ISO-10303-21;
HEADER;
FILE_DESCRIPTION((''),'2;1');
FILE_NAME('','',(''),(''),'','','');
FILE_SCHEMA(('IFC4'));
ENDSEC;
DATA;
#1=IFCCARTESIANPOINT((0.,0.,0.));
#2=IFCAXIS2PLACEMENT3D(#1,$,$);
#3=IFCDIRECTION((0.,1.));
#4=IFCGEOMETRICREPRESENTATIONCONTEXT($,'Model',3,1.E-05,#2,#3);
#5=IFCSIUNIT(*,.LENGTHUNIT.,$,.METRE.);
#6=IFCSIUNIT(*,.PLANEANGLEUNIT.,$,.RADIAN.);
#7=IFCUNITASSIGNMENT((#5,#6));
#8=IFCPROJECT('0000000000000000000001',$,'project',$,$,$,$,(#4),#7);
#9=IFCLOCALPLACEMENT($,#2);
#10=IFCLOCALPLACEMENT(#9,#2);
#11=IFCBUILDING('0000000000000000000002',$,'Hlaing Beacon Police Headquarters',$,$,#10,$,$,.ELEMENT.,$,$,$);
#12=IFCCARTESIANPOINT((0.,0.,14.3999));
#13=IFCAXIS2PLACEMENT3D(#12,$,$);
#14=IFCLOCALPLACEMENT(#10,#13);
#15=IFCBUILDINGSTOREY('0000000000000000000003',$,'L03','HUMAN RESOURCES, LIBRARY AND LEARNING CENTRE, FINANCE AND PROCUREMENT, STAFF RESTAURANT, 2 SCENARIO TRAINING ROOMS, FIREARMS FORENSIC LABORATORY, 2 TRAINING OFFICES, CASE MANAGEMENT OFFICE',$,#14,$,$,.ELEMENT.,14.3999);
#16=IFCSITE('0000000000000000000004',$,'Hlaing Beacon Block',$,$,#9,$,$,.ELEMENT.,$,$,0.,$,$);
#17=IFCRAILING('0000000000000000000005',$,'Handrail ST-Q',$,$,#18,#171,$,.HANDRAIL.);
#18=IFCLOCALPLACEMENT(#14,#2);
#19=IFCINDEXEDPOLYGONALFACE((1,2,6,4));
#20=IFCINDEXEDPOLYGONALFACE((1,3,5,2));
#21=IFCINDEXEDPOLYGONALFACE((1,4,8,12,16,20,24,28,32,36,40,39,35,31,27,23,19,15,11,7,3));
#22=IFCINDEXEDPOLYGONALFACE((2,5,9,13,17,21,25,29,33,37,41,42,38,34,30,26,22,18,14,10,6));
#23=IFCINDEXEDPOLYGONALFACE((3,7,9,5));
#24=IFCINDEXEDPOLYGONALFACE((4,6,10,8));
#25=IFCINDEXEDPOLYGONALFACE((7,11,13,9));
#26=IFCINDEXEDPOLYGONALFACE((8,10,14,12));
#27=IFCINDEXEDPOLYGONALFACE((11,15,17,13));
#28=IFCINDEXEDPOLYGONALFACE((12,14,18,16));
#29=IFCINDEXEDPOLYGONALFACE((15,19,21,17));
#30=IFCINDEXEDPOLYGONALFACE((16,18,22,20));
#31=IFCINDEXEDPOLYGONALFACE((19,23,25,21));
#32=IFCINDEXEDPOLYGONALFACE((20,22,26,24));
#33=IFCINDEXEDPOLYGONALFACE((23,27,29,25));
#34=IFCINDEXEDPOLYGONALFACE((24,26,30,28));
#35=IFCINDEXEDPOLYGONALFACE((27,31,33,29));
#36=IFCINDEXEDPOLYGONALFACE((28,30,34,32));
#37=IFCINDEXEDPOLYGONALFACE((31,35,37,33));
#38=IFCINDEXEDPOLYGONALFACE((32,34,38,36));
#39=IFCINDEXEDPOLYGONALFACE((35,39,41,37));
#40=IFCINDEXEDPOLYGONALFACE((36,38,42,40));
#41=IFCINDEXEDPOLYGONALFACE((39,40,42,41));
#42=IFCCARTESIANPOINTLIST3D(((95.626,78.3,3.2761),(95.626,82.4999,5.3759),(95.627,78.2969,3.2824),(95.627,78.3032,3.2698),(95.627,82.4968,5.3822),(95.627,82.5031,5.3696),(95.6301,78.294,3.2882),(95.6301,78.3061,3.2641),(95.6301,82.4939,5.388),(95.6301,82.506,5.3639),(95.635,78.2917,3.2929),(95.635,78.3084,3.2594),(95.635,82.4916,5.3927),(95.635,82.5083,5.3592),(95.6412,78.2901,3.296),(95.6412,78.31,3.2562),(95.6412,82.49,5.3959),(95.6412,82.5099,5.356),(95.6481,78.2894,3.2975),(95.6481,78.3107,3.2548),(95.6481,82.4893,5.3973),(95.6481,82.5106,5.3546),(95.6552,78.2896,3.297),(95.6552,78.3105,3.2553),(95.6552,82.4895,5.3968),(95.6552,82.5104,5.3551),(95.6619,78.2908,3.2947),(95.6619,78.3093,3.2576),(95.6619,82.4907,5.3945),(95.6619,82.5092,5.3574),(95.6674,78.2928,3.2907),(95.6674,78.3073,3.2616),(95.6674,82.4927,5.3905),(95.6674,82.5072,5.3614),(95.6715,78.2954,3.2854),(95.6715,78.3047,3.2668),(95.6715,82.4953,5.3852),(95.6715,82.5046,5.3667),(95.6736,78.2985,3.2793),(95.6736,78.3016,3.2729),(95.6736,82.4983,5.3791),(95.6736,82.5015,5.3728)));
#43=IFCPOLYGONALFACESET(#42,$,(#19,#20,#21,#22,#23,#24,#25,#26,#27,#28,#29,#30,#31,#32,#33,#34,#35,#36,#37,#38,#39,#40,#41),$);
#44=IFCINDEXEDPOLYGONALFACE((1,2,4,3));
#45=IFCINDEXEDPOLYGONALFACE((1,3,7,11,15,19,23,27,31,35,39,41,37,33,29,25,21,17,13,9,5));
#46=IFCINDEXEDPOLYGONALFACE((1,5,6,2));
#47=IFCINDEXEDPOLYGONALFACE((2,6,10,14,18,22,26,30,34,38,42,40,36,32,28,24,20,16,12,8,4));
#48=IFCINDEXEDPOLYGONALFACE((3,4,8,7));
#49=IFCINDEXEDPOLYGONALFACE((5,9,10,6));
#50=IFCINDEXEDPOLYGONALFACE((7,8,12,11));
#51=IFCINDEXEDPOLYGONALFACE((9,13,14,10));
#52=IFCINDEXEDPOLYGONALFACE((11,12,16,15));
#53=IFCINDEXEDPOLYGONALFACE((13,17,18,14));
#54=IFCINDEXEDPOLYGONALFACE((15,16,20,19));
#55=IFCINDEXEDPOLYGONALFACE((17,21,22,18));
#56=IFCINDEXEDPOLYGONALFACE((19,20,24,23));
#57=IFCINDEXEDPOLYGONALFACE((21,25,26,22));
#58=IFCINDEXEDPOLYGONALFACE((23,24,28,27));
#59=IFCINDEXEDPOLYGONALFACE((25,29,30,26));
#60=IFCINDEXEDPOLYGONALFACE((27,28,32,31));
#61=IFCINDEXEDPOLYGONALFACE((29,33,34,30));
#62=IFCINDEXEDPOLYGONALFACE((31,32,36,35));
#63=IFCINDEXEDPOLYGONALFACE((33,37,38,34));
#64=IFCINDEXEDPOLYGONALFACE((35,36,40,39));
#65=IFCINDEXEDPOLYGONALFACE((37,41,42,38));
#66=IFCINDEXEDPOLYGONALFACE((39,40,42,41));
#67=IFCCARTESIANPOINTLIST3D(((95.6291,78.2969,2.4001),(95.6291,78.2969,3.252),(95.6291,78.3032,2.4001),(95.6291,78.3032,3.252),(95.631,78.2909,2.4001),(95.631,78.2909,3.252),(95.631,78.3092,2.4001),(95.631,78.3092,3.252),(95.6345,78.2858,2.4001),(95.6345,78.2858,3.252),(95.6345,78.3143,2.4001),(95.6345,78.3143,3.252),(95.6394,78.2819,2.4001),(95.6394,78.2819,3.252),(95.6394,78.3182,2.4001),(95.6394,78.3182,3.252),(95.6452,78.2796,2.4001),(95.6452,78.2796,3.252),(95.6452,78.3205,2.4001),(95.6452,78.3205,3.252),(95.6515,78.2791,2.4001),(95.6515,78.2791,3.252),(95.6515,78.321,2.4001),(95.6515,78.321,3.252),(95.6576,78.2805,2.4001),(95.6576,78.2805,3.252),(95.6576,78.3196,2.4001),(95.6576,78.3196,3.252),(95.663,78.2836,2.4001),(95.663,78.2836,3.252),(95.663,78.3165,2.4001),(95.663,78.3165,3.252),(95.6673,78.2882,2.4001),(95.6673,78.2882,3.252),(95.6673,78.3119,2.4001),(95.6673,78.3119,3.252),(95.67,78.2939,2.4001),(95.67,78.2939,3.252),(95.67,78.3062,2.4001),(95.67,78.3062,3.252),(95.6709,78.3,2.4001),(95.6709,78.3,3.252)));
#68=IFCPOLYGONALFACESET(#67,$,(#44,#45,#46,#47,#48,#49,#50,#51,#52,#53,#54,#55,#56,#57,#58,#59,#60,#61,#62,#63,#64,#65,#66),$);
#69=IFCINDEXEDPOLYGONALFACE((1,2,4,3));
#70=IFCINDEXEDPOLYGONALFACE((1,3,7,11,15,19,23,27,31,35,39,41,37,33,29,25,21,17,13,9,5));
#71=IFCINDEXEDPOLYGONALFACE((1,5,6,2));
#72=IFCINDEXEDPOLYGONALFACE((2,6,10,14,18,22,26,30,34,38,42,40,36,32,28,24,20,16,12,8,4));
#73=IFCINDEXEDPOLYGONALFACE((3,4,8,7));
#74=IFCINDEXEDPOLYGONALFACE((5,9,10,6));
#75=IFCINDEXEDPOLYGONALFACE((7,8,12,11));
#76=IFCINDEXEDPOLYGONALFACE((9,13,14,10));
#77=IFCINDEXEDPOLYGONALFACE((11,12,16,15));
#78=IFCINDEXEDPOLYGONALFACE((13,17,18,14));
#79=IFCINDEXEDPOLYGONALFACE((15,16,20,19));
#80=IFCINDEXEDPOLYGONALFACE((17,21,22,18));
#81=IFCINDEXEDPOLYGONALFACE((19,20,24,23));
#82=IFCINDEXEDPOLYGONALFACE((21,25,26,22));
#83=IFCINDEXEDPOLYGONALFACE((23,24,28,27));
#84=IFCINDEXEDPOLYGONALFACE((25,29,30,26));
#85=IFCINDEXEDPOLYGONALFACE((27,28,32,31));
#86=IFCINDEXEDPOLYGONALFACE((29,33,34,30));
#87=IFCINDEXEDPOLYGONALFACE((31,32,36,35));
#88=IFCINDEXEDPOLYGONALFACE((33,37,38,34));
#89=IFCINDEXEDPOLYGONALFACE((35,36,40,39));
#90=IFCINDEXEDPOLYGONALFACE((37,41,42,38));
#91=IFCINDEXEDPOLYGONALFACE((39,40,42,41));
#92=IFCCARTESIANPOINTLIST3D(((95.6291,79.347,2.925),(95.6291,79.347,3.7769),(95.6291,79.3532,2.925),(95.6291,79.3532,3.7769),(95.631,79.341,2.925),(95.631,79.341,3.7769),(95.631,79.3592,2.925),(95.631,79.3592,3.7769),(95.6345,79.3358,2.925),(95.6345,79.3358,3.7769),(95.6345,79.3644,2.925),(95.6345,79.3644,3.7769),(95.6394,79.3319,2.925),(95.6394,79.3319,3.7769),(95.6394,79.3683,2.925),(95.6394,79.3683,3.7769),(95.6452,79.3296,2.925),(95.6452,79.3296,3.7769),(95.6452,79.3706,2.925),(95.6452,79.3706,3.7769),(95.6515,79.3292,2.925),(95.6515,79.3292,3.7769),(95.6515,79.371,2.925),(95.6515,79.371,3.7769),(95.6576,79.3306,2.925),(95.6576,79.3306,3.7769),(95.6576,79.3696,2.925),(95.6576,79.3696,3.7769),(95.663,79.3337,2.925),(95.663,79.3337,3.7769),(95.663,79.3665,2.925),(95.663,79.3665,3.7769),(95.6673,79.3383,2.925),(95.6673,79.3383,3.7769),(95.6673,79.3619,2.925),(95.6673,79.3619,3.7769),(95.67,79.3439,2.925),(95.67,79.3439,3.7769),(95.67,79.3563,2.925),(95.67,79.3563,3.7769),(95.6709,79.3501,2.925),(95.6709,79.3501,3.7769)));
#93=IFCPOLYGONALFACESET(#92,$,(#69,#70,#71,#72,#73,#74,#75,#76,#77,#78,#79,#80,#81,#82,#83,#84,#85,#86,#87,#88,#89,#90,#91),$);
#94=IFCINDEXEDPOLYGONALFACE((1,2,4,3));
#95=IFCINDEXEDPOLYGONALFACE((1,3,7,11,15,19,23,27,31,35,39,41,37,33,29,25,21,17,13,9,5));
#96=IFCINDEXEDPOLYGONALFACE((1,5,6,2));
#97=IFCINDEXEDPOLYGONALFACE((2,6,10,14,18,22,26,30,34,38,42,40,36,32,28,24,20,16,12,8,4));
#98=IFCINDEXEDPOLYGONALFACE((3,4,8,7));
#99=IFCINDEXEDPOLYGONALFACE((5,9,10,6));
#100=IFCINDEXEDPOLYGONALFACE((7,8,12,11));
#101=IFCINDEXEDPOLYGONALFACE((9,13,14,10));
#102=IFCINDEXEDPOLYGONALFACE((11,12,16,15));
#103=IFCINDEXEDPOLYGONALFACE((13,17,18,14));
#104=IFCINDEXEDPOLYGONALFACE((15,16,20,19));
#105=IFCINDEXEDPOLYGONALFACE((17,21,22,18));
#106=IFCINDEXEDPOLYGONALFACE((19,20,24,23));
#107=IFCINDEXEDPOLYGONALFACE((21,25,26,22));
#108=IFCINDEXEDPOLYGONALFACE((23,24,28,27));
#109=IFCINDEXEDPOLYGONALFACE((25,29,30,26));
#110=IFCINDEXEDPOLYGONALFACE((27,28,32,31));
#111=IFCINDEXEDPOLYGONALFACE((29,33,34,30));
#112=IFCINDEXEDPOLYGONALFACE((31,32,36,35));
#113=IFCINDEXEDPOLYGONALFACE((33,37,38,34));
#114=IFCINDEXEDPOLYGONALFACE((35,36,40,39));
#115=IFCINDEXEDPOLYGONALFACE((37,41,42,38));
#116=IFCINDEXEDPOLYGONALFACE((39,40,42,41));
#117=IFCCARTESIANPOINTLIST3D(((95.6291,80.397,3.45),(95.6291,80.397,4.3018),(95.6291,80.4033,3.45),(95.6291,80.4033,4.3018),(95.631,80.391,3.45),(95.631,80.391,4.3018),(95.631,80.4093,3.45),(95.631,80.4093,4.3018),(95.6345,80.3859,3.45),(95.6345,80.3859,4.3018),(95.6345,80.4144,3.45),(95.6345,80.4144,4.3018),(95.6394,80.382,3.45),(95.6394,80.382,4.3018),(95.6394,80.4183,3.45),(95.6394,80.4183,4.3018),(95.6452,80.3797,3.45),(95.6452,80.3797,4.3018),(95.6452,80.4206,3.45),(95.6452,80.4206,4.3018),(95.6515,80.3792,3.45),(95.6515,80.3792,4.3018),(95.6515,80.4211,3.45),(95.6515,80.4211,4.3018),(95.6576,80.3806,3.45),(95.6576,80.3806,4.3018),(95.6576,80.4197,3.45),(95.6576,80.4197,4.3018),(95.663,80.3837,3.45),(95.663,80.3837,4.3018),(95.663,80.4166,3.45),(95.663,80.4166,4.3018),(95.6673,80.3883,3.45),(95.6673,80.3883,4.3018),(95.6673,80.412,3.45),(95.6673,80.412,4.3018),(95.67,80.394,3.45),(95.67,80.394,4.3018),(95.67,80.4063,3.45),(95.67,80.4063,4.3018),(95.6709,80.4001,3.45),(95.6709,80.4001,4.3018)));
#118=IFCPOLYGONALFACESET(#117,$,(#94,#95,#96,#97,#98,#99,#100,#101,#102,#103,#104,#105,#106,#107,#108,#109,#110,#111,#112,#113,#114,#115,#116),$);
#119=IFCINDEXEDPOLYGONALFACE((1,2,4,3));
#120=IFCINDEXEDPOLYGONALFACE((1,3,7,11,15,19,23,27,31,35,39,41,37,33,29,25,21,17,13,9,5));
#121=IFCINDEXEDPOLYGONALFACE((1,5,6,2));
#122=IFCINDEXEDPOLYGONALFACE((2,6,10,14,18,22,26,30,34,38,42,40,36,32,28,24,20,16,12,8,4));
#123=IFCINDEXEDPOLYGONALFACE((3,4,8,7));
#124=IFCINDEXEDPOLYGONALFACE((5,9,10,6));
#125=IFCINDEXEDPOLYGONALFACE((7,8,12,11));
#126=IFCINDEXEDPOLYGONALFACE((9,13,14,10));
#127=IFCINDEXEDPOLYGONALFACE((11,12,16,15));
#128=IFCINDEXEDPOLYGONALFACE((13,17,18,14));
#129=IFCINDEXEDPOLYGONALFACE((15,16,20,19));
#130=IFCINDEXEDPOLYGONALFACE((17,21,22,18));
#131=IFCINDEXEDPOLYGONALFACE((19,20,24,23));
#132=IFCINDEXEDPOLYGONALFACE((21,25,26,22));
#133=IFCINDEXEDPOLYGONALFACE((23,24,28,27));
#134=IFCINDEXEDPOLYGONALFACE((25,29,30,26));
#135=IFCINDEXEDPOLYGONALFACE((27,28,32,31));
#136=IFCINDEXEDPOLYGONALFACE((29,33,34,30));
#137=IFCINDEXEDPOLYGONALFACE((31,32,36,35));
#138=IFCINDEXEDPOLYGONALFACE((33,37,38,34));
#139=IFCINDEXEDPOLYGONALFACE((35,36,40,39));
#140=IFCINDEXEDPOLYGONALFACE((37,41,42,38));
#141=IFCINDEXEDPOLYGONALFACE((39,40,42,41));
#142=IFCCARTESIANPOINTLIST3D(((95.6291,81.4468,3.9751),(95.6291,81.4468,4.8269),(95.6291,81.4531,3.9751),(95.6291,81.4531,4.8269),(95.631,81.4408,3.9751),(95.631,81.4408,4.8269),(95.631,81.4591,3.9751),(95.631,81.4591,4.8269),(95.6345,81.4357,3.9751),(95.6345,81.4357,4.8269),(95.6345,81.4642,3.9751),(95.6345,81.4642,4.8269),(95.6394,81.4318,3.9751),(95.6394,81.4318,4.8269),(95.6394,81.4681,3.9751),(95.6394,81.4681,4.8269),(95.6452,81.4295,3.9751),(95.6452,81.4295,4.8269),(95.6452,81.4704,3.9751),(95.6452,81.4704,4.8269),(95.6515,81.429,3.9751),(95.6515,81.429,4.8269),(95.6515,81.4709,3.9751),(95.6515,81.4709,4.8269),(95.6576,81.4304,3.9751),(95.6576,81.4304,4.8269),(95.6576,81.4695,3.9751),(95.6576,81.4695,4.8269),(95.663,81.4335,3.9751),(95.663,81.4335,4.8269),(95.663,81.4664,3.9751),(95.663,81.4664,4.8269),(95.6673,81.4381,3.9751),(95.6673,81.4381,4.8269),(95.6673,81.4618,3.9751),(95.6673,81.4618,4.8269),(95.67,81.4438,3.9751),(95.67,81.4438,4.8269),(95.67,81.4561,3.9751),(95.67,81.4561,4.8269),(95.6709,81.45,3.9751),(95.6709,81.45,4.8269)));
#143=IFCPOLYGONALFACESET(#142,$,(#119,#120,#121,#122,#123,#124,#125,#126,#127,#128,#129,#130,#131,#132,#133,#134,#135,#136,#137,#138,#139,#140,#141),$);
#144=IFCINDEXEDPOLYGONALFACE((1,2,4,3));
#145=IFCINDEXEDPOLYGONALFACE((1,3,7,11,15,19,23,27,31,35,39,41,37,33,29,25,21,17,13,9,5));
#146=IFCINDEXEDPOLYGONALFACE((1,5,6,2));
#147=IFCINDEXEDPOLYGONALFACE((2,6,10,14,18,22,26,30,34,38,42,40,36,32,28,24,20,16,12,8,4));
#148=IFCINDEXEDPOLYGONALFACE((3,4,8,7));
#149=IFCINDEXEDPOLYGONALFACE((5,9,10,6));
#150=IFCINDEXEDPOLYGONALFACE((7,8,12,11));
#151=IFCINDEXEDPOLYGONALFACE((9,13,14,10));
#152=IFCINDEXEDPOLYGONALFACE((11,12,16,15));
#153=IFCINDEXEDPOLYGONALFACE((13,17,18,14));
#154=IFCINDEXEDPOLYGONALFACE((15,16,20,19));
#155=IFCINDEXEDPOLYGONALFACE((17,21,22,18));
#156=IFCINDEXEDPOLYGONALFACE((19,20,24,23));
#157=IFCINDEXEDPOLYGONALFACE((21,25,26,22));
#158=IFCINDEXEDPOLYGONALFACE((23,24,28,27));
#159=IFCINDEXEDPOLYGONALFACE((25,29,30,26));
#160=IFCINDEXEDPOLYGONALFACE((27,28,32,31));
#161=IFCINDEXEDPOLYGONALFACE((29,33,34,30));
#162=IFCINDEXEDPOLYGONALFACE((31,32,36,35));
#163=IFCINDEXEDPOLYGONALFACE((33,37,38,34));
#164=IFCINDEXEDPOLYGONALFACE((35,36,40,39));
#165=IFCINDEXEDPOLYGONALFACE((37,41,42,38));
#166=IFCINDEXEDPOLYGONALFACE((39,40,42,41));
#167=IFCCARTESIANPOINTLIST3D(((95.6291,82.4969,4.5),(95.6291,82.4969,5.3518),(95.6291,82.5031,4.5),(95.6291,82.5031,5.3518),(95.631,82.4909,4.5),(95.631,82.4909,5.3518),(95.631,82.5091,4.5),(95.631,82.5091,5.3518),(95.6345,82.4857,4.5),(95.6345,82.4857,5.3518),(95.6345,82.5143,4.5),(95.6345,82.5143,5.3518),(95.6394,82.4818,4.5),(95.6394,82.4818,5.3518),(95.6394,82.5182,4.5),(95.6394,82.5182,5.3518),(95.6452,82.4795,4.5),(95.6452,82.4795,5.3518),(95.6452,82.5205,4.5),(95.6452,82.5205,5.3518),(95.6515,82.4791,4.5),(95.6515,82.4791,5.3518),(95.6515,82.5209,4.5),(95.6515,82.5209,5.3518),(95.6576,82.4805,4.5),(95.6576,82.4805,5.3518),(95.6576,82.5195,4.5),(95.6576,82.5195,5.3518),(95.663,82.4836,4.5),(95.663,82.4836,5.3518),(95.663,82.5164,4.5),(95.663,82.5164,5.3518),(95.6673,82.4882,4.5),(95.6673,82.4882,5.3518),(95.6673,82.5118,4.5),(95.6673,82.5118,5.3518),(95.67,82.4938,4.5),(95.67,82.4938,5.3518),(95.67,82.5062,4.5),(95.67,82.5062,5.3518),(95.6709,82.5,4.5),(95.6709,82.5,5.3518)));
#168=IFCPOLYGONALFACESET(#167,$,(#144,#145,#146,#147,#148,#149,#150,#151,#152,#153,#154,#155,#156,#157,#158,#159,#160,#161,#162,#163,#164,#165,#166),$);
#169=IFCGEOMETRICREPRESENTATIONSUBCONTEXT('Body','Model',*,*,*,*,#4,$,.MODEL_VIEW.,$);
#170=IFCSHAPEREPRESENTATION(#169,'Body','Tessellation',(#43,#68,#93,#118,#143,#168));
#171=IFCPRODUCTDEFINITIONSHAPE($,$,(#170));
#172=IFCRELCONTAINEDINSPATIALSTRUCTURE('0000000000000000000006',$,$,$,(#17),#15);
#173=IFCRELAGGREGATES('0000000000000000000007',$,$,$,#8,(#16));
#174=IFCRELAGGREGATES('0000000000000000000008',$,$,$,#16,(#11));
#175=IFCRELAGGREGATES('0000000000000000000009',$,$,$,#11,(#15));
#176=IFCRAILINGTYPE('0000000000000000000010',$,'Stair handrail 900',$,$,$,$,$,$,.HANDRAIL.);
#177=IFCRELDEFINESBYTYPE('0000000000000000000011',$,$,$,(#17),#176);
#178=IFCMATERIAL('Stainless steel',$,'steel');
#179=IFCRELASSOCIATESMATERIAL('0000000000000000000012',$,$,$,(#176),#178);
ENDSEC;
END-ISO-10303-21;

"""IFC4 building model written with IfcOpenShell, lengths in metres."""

from ifc_helpers import new_model, si_unit, direction, frame, origin, origin_2d, place, context, subcontext, project, spatial, circle, extrude, material, type_object, element, save


model = new_model("IFC4")

# Units and contexts
model_context = context("Model", 3, precision=1e-05, world=origin(), true_north=direction((0.0, 1.0)))
body_context = subcontext(model_context, "Body", "Model", "MODEL_VIEW")
ifc_project = project(units=[si_unit("LENGTHUNIT", "METRE"), si_unit("PLANEANGLEUNIT", "RADIAN")], contexts=[model_context])

# Site, building, storey
site_placement = place(None, origin())
site = spatial("IfcSite", under=ifc_project, at=site_placement, Name="Hlaing Beacon Block", CompositionType="ELEMENT", RefElevation=0.0)
building_placement = place(site_placement, origin())
building = spatial("IfcBuilding", under=site, at=building_placement, Name="Hlaing Beacon Police Headquarters", CompositionType="ELEMENT")
storey_placement = place(building_placement, frame((0.0, 0.0, 14.3999)))
storey = spatial("IfcBuildingStorey", under=building, at=storey_placement, Name="L03", Description="HUMAN RESOURCES, LIBRARY AND LEARNING CENTRE, FINANCE AND PROCUREMENT, STAFF RESTAURANT, 2 SCENARIO TRAINING ROOMS, FIREARMS FORENSIC LABORATORY, 2 TRAINING OFFICES, CASE MANAGEMENT OFFICE", CompositionType="ELEMENT", Elevation=14.3999)

# Railing
ifc_material_1 = material(Name="Stainless steel", Category="steel")
railing_type = type_object("IfcRailingType", Name="Stair handrail 900", PredefinedType="HANDRAIL", material=ifc_material_1)
railing_placement = place(storey_placement, frame((95.6499, 78.3, 2.4001)))
element("IfcRailing", 1, at=railing_placement, inside=storey, type_object=railing_type, Name="Handrail ST-Q", PredefinedType="HANDRAIL", context=body_context, shape_type="SweptSolid", body=[
    extrude(circle(Radius=0.0239, at=origin_2d()), frame((0.0, 0.0, 0.876), z_axis=(0.0, 0.894438, 0.447193), x_axis=(-1.0, 0.0, 0.0)), (0.0, 0.0, 1.0), 4.6956),
    extrude(circle(Radius=0.021, at=origin_2d()), origin(), (0.0, 0.0, 1.0), 0.8518),
    extrude(circle(Radius=0.021, at=origin_2d()), frame((0.0, 1.05, 0.5249)), (0.0, 0.0, 1.0), 0.8518),
    extrude(circle(Radius=0.021, at=origin_2d()), frame((0.0, 2.1001, 1.0498)), (0.0, 0.0, 1.0), 0.8518),
    extrude(circle(Radius=0.021, at=origin_2d()), frame((0.0, 3.1499, 1.575)), (0.0, 0.0, 1.0), 0.8518),
    extrude(circle(Radius=0.021, at=origin_2d()), frame((0.0, 4.2, 2.0999)), (0.0, 0.0, 1.0), 0.8518),
])

save(model, "model.ifc")
